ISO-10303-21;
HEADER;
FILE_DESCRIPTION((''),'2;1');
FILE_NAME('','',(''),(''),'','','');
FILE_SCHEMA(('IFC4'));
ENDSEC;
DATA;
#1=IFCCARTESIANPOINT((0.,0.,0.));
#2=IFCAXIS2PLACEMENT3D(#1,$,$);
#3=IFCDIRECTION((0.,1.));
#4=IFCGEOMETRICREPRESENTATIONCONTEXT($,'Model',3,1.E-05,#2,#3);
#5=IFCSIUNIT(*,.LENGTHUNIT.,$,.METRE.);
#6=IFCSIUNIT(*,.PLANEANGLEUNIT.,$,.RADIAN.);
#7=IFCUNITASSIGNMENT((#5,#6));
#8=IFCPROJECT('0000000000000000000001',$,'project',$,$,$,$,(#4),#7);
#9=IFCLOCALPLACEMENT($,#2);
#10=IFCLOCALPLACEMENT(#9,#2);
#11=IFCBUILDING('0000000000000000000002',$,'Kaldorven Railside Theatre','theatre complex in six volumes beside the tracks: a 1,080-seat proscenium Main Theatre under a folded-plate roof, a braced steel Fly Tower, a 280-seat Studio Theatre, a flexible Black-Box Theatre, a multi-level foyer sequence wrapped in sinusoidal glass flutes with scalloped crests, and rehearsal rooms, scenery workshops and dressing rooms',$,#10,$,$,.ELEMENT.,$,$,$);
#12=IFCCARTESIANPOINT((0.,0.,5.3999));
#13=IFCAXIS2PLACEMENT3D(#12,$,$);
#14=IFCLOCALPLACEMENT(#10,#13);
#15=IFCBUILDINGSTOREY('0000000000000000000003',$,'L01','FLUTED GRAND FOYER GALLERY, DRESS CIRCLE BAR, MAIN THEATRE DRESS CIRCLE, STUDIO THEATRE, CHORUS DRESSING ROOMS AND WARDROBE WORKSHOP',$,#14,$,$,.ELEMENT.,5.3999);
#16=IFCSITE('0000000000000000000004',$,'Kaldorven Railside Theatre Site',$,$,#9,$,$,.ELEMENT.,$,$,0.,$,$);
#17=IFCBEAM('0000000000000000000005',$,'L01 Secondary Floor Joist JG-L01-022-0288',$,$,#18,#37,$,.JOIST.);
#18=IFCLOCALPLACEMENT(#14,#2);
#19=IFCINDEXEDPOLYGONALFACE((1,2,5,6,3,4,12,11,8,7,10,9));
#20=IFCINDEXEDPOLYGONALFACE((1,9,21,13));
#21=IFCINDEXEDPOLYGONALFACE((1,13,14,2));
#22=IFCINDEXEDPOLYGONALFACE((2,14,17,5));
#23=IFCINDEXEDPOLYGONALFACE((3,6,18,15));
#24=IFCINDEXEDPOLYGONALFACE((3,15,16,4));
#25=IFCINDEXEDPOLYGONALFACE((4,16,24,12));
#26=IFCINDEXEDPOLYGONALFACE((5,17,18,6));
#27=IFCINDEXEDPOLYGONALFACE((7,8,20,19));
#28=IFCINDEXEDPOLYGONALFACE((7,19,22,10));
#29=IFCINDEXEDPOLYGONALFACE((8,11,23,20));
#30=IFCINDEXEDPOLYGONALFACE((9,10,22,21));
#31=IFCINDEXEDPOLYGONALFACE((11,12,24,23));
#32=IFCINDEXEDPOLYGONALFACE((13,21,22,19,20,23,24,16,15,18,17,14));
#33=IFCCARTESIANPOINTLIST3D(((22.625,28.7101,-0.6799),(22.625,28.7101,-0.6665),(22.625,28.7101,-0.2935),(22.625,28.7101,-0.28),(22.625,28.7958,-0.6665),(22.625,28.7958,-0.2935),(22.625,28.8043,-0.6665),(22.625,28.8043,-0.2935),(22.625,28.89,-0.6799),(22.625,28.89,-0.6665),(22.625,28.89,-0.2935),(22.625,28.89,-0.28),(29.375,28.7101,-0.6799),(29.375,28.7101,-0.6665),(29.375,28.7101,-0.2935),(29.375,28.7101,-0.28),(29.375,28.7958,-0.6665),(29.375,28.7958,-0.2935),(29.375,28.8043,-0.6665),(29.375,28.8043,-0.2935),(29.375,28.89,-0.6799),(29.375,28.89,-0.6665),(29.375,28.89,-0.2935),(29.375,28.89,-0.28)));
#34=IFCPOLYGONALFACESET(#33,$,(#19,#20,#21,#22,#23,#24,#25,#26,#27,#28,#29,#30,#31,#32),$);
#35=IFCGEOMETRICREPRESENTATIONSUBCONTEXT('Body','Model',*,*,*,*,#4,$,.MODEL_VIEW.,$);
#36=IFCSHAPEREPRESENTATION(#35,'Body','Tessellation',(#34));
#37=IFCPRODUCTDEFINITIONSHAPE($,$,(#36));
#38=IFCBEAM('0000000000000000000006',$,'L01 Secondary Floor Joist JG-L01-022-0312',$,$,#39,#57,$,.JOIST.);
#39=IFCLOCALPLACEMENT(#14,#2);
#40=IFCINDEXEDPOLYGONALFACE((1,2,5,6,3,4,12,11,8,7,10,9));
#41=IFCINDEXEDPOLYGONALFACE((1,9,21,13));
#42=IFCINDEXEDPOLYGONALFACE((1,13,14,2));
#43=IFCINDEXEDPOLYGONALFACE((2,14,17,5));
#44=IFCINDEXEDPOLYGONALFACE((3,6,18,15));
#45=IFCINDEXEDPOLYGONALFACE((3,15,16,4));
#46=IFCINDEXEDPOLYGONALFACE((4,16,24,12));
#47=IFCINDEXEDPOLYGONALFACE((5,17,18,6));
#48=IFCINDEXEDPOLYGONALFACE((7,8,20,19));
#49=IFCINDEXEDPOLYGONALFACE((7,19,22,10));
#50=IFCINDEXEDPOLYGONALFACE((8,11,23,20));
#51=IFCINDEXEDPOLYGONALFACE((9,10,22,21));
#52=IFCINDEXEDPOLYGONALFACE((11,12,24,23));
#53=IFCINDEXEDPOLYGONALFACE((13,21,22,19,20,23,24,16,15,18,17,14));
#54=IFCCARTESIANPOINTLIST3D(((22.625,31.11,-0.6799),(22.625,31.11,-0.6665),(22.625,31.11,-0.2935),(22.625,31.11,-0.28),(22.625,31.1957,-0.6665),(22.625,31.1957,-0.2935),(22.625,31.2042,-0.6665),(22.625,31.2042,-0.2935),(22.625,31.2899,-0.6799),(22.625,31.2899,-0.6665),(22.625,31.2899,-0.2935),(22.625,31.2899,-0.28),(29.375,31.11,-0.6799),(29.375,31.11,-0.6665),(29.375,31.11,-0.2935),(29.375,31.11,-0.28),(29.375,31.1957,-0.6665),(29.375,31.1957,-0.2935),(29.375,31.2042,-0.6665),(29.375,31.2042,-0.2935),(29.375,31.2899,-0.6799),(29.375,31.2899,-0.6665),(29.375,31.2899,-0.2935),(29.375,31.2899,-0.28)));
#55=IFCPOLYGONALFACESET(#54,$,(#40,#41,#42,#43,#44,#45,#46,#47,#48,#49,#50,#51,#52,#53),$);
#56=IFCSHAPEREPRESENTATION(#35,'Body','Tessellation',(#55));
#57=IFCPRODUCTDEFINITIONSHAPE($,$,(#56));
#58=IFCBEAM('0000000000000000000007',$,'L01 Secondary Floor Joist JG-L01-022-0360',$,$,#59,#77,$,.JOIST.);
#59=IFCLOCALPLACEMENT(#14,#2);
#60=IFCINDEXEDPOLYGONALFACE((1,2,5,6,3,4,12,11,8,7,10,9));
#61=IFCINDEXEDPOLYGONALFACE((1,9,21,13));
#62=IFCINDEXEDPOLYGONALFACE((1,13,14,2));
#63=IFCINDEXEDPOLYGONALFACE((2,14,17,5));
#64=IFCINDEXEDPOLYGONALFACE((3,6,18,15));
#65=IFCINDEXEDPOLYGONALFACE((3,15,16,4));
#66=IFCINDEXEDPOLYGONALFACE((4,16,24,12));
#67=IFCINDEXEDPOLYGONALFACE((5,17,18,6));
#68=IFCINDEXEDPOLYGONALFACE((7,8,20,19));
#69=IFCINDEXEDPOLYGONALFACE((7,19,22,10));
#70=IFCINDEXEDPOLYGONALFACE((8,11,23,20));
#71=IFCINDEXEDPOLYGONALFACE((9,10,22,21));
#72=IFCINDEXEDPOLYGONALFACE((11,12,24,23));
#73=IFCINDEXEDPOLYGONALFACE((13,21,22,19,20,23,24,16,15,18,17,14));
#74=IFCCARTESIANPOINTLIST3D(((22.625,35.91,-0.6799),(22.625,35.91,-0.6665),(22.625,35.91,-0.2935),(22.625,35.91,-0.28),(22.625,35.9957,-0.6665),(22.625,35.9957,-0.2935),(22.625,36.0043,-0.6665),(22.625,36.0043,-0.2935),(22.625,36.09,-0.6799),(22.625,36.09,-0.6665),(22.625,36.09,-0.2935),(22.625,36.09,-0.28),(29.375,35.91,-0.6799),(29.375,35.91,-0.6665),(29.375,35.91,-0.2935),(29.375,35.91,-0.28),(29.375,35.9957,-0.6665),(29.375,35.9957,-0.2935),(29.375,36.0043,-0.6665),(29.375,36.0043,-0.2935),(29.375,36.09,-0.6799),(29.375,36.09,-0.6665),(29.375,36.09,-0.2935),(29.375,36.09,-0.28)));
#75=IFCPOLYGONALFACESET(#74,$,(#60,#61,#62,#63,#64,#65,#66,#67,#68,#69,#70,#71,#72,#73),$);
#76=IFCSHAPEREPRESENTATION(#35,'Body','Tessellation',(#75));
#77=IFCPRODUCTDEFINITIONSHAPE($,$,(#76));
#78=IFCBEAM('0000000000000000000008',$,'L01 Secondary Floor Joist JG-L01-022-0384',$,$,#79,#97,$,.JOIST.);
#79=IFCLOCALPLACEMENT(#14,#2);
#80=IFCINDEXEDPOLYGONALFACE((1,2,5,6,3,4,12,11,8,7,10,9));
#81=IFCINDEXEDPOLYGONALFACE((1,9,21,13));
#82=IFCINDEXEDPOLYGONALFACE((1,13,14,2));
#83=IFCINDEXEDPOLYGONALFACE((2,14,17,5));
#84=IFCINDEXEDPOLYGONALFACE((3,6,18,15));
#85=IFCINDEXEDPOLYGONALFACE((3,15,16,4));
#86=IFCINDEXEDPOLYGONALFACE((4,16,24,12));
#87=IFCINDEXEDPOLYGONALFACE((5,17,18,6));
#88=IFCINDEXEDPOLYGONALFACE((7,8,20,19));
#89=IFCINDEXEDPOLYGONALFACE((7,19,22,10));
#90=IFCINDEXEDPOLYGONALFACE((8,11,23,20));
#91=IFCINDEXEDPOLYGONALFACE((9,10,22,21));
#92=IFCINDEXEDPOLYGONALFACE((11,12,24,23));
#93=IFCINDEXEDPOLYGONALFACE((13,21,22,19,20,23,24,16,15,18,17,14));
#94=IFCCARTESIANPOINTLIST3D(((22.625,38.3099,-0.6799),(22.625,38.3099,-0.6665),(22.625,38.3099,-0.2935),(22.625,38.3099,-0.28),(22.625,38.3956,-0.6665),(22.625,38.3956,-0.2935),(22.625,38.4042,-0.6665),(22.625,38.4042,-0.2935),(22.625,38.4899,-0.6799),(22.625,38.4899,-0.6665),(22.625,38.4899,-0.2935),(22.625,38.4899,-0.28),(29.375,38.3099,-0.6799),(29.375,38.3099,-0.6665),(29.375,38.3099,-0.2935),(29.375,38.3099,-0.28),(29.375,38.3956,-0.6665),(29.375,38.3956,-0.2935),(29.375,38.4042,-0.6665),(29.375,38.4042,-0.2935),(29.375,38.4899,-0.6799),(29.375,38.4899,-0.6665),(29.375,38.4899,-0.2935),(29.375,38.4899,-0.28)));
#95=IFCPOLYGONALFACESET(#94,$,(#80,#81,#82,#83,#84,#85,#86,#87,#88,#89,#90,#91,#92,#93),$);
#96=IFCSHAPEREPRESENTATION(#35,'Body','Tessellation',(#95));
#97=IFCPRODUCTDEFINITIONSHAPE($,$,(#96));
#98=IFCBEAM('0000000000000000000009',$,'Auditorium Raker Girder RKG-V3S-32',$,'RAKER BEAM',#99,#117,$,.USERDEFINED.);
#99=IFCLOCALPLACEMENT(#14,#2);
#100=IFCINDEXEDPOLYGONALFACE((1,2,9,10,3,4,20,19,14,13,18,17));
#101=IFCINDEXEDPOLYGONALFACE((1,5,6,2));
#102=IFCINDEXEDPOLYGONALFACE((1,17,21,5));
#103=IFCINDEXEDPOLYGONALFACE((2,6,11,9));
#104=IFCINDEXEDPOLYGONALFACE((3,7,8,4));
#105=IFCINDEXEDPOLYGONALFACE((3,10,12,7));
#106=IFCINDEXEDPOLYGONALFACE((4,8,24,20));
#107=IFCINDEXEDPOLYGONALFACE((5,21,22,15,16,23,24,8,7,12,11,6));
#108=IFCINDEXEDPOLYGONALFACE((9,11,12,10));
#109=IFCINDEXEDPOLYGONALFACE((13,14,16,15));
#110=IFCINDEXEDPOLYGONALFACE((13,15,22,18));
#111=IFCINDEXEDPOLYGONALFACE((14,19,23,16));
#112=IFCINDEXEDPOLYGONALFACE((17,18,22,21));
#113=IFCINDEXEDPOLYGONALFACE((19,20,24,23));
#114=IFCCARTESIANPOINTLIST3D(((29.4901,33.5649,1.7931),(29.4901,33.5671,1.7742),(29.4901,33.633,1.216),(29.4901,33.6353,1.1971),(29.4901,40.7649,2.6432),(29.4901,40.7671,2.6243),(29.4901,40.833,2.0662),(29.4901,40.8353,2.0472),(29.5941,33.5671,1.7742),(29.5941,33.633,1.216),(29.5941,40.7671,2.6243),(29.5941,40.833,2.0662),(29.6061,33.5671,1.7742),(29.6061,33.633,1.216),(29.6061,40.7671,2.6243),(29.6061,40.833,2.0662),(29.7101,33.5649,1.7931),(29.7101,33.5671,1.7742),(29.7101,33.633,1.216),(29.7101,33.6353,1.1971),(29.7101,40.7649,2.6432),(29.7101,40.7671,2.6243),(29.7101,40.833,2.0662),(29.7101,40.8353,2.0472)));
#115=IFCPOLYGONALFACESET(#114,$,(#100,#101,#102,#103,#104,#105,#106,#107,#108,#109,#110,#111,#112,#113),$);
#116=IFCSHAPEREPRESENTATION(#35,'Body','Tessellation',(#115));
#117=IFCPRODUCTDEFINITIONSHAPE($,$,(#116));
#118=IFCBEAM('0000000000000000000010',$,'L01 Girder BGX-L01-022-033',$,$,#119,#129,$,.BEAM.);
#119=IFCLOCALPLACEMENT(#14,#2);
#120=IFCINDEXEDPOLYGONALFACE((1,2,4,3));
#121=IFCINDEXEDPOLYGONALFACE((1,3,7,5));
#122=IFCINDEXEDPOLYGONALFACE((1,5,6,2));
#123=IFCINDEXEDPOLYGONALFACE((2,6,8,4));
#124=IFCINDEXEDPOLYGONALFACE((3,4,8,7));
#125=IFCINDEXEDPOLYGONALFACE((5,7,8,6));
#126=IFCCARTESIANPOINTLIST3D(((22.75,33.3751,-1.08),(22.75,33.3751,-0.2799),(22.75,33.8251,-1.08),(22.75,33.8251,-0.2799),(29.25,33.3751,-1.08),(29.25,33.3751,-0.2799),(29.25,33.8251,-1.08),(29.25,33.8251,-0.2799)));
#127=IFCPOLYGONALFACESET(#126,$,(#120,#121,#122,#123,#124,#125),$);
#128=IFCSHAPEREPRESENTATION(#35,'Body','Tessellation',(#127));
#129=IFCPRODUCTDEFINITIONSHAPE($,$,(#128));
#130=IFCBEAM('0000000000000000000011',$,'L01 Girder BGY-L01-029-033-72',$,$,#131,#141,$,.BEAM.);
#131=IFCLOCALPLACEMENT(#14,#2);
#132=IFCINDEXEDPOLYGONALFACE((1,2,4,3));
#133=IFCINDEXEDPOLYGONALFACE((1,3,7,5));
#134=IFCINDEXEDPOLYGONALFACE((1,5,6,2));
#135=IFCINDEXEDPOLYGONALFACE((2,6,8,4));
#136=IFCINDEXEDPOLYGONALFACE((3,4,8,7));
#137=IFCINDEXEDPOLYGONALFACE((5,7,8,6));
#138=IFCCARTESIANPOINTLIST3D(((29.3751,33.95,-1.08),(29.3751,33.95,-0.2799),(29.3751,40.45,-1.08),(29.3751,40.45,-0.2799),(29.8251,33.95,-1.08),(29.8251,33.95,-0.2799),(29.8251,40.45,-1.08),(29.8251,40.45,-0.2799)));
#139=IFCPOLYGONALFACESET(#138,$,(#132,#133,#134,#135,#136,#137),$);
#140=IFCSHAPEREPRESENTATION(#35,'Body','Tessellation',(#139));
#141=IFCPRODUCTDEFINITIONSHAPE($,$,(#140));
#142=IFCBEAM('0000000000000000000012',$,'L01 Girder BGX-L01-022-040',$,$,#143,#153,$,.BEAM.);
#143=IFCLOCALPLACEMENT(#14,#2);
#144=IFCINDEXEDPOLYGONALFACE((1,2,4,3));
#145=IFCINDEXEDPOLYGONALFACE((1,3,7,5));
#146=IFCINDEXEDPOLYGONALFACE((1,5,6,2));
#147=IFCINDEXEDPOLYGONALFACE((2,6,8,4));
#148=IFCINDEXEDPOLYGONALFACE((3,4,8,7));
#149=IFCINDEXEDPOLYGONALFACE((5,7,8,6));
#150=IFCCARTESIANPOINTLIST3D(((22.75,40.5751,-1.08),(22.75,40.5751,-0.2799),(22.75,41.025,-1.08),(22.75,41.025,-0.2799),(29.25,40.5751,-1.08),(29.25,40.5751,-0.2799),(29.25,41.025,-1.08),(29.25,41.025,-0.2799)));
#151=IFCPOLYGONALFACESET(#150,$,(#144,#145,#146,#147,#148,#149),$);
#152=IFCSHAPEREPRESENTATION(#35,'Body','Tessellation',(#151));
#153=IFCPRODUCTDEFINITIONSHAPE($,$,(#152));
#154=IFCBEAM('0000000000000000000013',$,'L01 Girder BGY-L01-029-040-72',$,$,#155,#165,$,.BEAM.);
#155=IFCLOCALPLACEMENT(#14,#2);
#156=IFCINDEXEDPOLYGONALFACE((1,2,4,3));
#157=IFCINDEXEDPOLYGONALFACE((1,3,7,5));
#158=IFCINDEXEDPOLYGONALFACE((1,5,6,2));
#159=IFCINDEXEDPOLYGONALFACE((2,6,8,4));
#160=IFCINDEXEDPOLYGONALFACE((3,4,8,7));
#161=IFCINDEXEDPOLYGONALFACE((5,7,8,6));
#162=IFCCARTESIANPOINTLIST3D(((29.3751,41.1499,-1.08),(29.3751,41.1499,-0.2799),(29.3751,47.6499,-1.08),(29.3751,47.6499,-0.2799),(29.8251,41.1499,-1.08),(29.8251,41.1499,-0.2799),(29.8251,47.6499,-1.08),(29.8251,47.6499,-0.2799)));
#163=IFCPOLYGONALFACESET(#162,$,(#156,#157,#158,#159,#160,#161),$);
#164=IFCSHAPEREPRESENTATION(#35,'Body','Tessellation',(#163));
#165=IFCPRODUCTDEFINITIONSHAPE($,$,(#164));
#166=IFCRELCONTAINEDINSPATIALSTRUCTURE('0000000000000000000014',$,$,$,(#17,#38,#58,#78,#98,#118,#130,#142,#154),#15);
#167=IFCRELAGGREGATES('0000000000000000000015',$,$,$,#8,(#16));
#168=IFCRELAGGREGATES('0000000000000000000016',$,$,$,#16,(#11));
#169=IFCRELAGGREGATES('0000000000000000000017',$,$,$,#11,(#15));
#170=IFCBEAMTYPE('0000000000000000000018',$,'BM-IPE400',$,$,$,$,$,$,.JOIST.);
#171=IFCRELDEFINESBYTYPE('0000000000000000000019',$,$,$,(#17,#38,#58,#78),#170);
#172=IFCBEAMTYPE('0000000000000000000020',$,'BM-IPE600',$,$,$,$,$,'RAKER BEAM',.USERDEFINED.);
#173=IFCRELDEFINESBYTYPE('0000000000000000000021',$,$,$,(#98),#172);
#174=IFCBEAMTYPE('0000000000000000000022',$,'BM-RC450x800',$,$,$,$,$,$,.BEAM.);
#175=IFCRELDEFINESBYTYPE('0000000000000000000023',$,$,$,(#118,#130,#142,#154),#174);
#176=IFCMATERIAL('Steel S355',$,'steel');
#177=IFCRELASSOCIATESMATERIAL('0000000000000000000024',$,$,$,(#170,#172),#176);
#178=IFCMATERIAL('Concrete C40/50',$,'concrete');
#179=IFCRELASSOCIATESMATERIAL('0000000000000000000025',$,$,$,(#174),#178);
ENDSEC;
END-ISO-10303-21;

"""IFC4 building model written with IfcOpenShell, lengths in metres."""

from ifc_helpers import new_model, si_unit, direction, frame, origin, origin_2d, place, context, subcontext, project, spatial, rectangle, i_section, extrude, material, material_profile, profile_set, type_object, element, save


model = new_model("IFC4")

# Units and contexts
model_context = context("Model", 3, precision=1e-05, world=origin(), true_north=direction((0.0, 1.0)))
body_context = subcontext(model_context, "Body", "Model", "MODEL_VIEW")
ifc_project = project(units=[si_unit("LENGTHUNIT", "METRE"), si_unit("PLANEANGLEUNIT", "RADIAN")], contexts=[model_context])

# Site, building, storey
site_placement = place(None, origin())
site = spatial("IfcSite", under=ifc_project, at=site_placement, Name="Kaldorven Railside Theatre Site", CompositionType="ELEMENT", RefElevation=0.0)
building_placement = place(site_placement, origin())
building = spatial("IfcBuilding", under=site, at=building_placement, Name="Kaldorven Railside Theatre", Description="theatre complex in six volumes beside the tracks: a 1,080-seat proscenium Main Theatre under a folded-plate roof, a braced steel Fly Tower, a 280-seat Studio Theatre, a flexible Black-Box Theatre, a multi-level foyer sequence wrapped in sinusoidal glass flutes with scalloped crests, and rehearsal rooms, scenery workshops and dressing rooms", CompositionType="ELEMENT")
storey_placement = place(building_placement, frame((0.0, 0.0, 5.3999)))
storey = spatial("IfcBuildingStorey", under=building, at=storey_placement, Name="L01", Description="FLUTED GRAND FOYER GALLERY, DRESS CIRCLE BAR, MAIN THEATRE DRESS CIRCLE, STUDIO THEATRE, CHORUS DRESSING ROOMS AND WARDROBE WORKSHOP", CompositionType="ELEMENT", Elevation=5.3999)

# Shared definitions
ifc_material_1 = material(Name="Steel S355", Category="steel")

# Beams
ifc_material_profile_1 = material_profile(ifc_material_1, i_section(OverallWidth=0.1799, OverallDepth=0.3999, WebThickness=0.0085, FlangeThickness=0.0134, at=origin_2d()), Name="IPE 400")
ifc_profile_set_1 = profile_set([ifc_material_profile_1], Name="Steel S355")
beam_type_1 = type_object("IfcBeamType", Name="BM-IPE400", PredefinedType="JOIST", material=ifc_profile_set_1)
for number, where, z_axis, x_axis, name in (
    (1, (22.625, 28.8, -0.48), (1.0, 0.0, 0.0), (0.0, 1.0, 0.0), "L01 Secondary Floor Joist JG-L01-022-0288"),
    (2, (22.625, 31.2, -0.48), (1.0, 0.0, 0.0), (0.0, 1.0, 0.0), "L01 Secondary Floor Joist JG-L01-022-0312"),
    (3, (22.625, 36.0, -0.48), (1.0, 0.0, 0.0), (0.0, 1.0, 0.0), "L01 Secondary Floor Joist JG-L01-022-0360"),
    (4, (22.625, 38.3999, -0.48), (1.0, 0.0, 0.0), (0.0, 1.0, 0.0), "L01 Secondary Floor Joist JG-L01-022-0384"),
):
    element("IfcBeam", number, at=place(storey_placement, frame(where, z_axis=z_axis, x_axis=x_axis)), inside=storey, type_object=beam_type_1, Name=name, PredefinedType="JOIST", context=body_context, shape_type="SweptSolid", body=[
        extrude(i_section(OverallWidth=0.1799, OverallDepth=0.3999, WebThickness=0.0085, FlangeThickness=0.0134, at=origin_2d()), origin(), (0.0, 0.0, 1.0), 6.75),
    ])
ifc_material_profile_2 = material_profile(ifc_material_1, i_section(OverallWidth=0.22, OverallDepth=0.6001, WebThickness=0.012, FlangeThickness=0.019, at=origin_2d()), Name="IPE 600")
ifc_profile_set_2 = profile_set([ifc_material_profile_2], Name="Steel S355")
beam_type_2 = type_object("IfcBeamType", Name="BM-IPE600", ElementType="RAKER BEAM", PredefinedType="USERDEFINED", material=ifc_profile_set_2)
beam_1_placement = place(storey_placement, frame((29.6001, 33.6001, 1.4951), z_axis=(0.0, 0.993102, 0.117255), x_axis=(-1.0, 0.0, 0.0)))
element("IfcBeam", 5, at=beam_1_placement, inside=storey, type_object=beam_type_2, Name="Auditorium Raker Girder RKG-V3S-32", ObjectType="RAKER BEAM", PredefinedType="USERDEFINED", context=body_context, shape_type="SweptSolid", body=[
    extrude(i_section(OverallWidth=0.22, OverallDepth=0.6001, WebThickness=0.012, FlangeThickness=0.019, at=origin_2d()), origin(), (0.0, 0.0, 1.0), 7.25),
])
ifc_material_2 = material(Name="Concrete C40/50", Category="concrete")
ifc_material_profile_3 = material_profile(ifc_material_2, rectangle(XDim=0.45, YDim=0.8, at=origin_2d()), Name="RC 450x800")
ifc_profile_set_3 = profile_set([ifc_material_profile_3], Name="Concrete C40/50")
beam_type_3 = type_object("IfcBeamType", Name="BM-RC450x800", PredefinedType="BEAM", material=ifc_profile_set_3)
for number, where, z_axis, x_axis, name in (
    (6, (22.75, 33.6001, -0.6799), (1.0, 0.0, 0.0), (0.0, 1.0, 0.0), "L01 Girder BGX-L01-022-033"),
    (7, (29.6001, 33.95, -0.6799), (0.0, 1.0, 0.0), (-1.0, 0.0, 0.0), "L01 Girder BGY-L01-029-033-72"),
    (8, (22.75, 40.8, -0.6799), (1.0, 0.0, 0.0), (0.0, 1.0, 0.0), "L01 Girder BGX-L01-022-040"),
    (9, (29.6001, 41.1499, -0.6799), (0.0, 1.0, 0.0), (-1.0, 0.0, 0.0), "L01 Girder BGY-L01-029-040-72"),
):
    element("IfcBeam", number, at=place(storey_placement, frame(where, z_axis=z_axis, x_axis=x_axis)), inside=storey, type_object=beam_type_3, Name=name, PredefinedType="BEAM", context=body_context, shape_type="SweptSolid", body=[
        extrude(rectangle(XDim=0.45, YDim=0.8, at=origin_2d()), origin(), (0.0, 0.0, 1.0), 6.5),
    ])

save(model, "model.ifc")
